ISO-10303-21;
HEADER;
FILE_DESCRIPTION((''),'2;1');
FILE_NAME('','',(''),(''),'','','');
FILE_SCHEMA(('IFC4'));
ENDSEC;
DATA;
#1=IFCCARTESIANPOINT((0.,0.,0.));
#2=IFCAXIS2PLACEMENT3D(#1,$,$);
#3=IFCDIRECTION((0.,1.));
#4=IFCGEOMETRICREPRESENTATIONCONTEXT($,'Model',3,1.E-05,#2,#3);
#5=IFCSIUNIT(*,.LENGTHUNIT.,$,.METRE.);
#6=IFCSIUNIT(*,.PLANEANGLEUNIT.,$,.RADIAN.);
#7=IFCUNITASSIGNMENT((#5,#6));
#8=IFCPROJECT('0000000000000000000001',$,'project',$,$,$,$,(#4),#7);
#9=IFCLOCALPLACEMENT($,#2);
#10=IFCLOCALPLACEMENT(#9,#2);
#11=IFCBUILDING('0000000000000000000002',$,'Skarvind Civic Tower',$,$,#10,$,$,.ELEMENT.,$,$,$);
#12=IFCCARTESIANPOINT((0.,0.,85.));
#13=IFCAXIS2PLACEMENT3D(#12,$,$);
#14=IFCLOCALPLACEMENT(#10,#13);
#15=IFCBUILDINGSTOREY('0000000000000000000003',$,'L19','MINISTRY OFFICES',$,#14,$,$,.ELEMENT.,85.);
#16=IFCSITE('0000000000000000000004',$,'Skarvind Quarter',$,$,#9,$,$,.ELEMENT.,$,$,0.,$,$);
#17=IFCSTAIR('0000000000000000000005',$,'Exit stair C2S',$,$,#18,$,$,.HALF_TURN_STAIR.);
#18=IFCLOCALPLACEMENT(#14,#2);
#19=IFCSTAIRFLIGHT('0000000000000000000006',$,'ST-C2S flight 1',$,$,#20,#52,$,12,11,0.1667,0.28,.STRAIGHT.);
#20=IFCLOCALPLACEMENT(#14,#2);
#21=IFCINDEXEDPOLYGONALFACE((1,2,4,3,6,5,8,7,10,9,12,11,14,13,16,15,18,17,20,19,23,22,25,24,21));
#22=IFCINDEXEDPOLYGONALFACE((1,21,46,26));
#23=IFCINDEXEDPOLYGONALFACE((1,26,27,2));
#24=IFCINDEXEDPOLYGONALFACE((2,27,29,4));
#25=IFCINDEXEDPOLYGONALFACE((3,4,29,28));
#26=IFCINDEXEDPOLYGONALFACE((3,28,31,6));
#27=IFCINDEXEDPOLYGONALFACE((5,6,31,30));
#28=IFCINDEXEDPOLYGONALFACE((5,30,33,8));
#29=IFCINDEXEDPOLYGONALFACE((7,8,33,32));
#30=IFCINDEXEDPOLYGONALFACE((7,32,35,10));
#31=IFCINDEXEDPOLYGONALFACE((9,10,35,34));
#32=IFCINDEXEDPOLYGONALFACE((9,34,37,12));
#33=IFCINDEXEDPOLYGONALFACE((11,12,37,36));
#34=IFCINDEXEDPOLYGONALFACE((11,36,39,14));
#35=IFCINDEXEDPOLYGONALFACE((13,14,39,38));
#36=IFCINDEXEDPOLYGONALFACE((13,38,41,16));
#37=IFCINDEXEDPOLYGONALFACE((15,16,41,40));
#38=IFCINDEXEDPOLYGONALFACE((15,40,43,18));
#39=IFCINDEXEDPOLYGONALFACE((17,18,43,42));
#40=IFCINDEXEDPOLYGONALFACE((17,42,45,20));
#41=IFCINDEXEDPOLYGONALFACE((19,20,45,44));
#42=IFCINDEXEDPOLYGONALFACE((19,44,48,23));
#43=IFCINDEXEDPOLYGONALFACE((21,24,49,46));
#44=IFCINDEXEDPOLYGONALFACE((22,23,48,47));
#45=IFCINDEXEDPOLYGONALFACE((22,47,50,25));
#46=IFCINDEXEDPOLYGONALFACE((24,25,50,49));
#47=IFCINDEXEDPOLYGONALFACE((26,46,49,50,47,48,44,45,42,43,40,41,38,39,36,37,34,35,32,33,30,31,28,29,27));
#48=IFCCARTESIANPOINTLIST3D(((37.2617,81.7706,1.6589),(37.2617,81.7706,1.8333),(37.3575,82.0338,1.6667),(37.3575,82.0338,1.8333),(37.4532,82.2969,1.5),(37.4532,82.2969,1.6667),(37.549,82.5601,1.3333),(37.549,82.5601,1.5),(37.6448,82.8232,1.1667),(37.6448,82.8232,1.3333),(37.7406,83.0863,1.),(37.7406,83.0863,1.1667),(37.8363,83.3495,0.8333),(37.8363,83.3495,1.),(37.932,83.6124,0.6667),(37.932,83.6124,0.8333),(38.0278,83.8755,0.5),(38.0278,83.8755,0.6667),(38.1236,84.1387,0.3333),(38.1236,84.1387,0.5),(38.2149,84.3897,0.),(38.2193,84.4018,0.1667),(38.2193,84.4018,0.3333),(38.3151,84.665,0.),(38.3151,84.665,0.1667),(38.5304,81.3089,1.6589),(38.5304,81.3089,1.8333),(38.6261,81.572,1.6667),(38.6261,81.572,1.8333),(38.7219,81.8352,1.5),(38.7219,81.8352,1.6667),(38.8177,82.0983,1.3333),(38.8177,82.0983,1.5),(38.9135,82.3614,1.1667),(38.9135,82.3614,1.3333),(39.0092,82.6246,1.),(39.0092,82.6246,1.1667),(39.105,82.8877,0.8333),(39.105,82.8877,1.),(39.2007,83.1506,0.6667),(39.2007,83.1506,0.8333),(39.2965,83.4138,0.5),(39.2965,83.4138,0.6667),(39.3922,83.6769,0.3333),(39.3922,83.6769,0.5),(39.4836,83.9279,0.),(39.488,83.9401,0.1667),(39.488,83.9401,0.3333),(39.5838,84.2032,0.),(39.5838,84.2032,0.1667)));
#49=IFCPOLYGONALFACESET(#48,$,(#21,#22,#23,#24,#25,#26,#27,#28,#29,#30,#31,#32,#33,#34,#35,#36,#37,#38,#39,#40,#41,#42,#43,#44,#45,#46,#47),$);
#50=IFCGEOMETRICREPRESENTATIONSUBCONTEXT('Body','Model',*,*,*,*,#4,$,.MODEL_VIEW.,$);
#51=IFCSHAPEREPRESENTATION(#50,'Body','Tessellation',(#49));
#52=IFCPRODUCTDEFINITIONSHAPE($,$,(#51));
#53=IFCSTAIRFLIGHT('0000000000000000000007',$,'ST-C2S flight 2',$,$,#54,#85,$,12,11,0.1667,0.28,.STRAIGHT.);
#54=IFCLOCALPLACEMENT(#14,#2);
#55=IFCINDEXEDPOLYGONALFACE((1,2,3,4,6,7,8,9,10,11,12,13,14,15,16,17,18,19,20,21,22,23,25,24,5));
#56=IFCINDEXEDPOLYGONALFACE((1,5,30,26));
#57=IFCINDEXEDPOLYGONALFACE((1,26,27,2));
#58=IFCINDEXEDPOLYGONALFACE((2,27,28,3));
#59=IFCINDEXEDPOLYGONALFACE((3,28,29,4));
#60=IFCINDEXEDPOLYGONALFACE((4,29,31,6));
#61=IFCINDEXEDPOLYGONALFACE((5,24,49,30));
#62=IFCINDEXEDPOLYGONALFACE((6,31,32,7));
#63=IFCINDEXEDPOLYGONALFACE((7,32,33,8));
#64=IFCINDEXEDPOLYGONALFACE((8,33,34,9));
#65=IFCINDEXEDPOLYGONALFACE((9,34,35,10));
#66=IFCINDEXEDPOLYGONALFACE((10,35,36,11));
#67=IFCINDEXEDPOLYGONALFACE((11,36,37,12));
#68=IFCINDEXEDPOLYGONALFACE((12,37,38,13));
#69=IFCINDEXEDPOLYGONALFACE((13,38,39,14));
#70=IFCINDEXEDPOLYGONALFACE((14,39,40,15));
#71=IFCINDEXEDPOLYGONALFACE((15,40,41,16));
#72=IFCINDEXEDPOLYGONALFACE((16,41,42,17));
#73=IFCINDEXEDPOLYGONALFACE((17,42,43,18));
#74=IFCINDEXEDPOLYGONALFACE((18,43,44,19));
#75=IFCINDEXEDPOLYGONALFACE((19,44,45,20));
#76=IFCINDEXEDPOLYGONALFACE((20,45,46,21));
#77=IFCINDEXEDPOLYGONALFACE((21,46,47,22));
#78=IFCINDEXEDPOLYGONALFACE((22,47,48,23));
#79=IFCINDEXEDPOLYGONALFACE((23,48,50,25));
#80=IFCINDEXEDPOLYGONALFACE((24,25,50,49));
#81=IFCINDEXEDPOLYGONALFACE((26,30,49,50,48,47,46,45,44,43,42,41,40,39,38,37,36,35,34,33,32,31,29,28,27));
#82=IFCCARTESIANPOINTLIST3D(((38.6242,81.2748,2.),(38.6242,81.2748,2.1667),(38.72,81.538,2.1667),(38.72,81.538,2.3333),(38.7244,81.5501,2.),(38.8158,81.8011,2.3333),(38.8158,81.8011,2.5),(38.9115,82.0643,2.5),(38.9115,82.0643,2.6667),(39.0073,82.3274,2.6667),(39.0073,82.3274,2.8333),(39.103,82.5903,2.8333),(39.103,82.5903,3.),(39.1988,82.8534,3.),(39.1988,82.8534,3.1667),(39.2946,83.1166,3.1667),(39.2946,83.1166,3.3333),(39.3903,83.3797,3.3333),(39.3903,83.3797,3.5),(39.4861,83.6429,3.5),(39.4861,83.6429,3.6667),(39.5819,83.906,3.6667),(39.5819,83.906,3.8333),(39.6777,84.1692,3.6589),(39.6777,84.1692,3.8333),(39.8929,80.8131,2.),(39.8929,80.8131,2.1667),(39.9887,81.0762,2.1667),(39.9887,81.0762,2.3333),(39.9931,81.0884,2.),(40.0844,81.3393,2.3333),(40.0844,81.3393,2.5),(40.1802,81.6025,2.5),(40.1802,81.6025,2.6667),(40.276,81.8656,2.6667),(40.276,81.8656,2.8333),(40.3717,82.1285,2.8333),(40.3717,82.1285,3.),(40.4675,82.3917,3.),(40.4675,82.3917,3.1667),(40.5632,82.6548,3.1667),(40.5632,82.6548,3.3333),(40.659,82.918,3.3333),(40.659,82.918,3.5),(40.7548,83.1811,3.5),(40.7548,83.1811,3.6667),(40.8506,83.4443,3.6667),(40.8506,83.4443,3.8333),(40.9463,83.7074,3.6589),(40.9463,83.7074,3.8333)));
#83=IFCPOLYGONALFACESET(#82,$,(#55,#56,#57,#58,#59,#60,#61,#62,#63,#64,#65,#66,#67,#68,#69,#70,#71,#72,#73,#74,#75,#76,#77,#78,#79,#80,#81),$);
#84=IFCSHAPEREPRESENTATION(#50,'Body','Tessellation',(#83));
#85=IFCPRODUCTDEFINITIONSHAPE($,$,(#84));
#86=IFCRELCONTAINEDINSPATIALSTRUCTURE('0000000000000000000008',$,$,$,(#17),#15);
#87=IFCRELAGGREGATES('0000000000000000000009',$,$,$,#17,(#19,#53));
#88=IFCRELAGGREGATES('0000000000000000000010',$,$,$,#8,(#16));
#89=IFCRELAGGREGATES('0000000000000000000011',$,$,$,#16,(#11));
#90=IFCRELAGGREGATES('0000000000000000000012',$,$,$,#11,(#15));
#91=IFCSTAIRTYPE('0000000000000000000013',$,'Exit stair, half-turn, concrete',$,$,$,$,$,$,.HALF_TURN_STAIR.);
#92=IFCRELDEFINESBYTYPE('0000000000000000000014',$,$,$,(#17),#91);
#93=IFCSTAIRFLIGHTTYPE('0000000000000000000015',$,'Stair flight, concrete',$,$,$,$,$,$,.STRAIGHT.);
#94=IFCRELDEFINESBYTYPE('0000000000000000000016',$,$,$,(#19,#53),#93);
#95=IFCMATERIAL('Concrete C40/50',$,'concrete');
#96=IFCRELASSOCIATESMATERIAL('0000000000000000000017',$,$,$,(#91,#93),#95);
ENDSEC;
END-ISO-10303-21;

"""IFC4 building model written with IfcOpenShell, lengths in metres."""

from ifc_helpers import new_model, si_unit, direction, frame, origin, place, context, subcontext, project, spatial, polyline, outline, extrude, material, type_object, element, aggregate, save


model = new_model("IFC4")

# Units and contexts
model_context = context("Model", 3, precision=1e-05, world=origin(), true_north=direction((0.0, 1.0)))
body_context = subcontext(model_context, "Body", "Model", "MODEL_VIEW")
ifc_project = project(units=[si_unit("LENGTHUNIT", "METRE"), si_unit("PLANEANGLEUNIT", "RADIAN")], contexts=[model_context])

# Site, building, storey
site_placement = place(None, origin())
site = spatial("IfcSite", under=ifc_project, at=site_placement, Name="Skarvind Quarter", CompositionType="ELEMENT", RefElevation=0.0)
building_placement = place(site_placement, origin())
building = spatial("IfcBuilding", under=site, at=building_placement, Name="Skarvind Civic Tower", CompositionType="ELEMENT")
storey_placement = place(building_placement, frame((0.0, 0.0, 85.0)))
storey = spatial("IfcBuildingStorey", under=building, at=storey_placement, Name="L19", Description="MINISTRY OFFICES", CompositionType="ELEMENT", Elevation=85.0)

# Stair, stair flights
ifc_material_1 = material(Name="Concrete C40/50", Category="concrete")
stair_type = type_object("IfcStairType", Name="Exit stair, half-turn, concrete", PredefinedType="HALF_TURN_STAIR", material=ifc_material_1)
stair_placement = place(storey_placement, origin())
stair = element("IfcStair", 1, at=stair_placement, inside=storey, type_object=stair_type, Name="Exit stair C2S", PredefinedType="HALF_TURN_STAIR")
stair_flight_type = type_object("IfcStairFlightType", Name="Stair flight, concrete", PredefinedType="STRAIGHT", material=ifc_material_1)
stair_flight_1_placement = place(storey_placement, frame((38.9495, 84.4341, 0.0), z_axis=(0.0, 0.0, 1.0), x_axis=(-0.34202, -0.939693, 0.0)))
stair_flight_1 = element("IfcStairFlight", 2, at=stair_flight_1_placement, type_object=stair_flight_type, Name="ST-C2S flight 1", NumberOfRisers=12, NumberOfTreads=11, PredefinedType="STRAIGHT", RiserHeight=0.1667, TreadLength=0.28, context=body_context, shape_type="SweptSolid", body=[
    extrude(outline(polyline([(0.0, 0.0), (0.0, 0.1667), (0.28, 0.1667), (0.28, 0.3333), (0.5601, 0.3333), (0.5601, 0.5), (0.8401, 0.5), (0.8401, 0.6667), (1.1201, 0.6667), (1.1201, 0.8333), (1.3999, 0.8333), (1.3999, 1.0), (1.6799, 1.0), (1.6799, 1.1667), (1.96, 1.1667), (1.96, 1.3333), (2.24, 1.3333), (2.24, 1.5), (2.52, 1.5), (2.52, 1.6667), (2.8, 1.6667), (2.8, 1.8333), (3.0801, 1.8333), (3.0801, 2.0), (3.0801, 1.6589), (0.293, 0.0), (0.0, 0.0)])), frame((0.0, 0.675, 0.0), z_axis=(0.0, -1.0, 0.0), x_axis=(1.0, 0.0, 0.0)), (0.0, 0.0, 1.0), 1.3501),
])
stair_flight_2_placement = place(storey_placement, frame((39.2585, 81.0439, 2.0), z_axis=(0.0, 0.0, 1.0), x_axis=(0.34202, 0.939693, 0.0)))
stair_flight_2 = element("IfcStairFlight", 3, at=stair_flight_2_placement, type_object=stair_flight_type, Name="ST-C2S flight 2", NumberOfRisers=12, NumberOfTreads=11, PredefinedType="STRAIGHT", RiserHeight=0.1667, TreadLength=0.28, context=body_context, shape_type="SweptSolid", body=[
    extrude(outline(polyline([(0.0, 0.0), (0.0, 0.1667), (0.28, 0.1667), (0.28, 0.3333), (0.5601, 0.3333), (0.5601, 0.5), (0.8401, 0.5), (0.8401, 0.6667), (1.1201, 0.6667), (1.1201, 0.8333), (1.3999, 0.8333), (1.3999, 1.0), (1.6799, 1.0), (1.6799, 1.1667), (1.96, 1.1667), (1.96, 1.3333), (2.24, 1.3333), (2.24, 1.5), (2.52, 1.5), (2.52, 1.6667), (2.8, 1.6667), (2.8, 1.8333), (3.0801, 1.8333), (3.0801, 2.0), (3.0801, 1.6589), (0.293, 0.0), (0.0, 0.0)])), frame((0.0, 0.675, 0.0), z_axis=(0.0, -1.0, 0.0), x_axis=(1.0, 0.0, 0.0)), (0.0, 0.0, 1.0), 1.3501),
])
aggregate(stair, [stair_flight_1, stair_flight_2])

save(model, "model.ifc")
